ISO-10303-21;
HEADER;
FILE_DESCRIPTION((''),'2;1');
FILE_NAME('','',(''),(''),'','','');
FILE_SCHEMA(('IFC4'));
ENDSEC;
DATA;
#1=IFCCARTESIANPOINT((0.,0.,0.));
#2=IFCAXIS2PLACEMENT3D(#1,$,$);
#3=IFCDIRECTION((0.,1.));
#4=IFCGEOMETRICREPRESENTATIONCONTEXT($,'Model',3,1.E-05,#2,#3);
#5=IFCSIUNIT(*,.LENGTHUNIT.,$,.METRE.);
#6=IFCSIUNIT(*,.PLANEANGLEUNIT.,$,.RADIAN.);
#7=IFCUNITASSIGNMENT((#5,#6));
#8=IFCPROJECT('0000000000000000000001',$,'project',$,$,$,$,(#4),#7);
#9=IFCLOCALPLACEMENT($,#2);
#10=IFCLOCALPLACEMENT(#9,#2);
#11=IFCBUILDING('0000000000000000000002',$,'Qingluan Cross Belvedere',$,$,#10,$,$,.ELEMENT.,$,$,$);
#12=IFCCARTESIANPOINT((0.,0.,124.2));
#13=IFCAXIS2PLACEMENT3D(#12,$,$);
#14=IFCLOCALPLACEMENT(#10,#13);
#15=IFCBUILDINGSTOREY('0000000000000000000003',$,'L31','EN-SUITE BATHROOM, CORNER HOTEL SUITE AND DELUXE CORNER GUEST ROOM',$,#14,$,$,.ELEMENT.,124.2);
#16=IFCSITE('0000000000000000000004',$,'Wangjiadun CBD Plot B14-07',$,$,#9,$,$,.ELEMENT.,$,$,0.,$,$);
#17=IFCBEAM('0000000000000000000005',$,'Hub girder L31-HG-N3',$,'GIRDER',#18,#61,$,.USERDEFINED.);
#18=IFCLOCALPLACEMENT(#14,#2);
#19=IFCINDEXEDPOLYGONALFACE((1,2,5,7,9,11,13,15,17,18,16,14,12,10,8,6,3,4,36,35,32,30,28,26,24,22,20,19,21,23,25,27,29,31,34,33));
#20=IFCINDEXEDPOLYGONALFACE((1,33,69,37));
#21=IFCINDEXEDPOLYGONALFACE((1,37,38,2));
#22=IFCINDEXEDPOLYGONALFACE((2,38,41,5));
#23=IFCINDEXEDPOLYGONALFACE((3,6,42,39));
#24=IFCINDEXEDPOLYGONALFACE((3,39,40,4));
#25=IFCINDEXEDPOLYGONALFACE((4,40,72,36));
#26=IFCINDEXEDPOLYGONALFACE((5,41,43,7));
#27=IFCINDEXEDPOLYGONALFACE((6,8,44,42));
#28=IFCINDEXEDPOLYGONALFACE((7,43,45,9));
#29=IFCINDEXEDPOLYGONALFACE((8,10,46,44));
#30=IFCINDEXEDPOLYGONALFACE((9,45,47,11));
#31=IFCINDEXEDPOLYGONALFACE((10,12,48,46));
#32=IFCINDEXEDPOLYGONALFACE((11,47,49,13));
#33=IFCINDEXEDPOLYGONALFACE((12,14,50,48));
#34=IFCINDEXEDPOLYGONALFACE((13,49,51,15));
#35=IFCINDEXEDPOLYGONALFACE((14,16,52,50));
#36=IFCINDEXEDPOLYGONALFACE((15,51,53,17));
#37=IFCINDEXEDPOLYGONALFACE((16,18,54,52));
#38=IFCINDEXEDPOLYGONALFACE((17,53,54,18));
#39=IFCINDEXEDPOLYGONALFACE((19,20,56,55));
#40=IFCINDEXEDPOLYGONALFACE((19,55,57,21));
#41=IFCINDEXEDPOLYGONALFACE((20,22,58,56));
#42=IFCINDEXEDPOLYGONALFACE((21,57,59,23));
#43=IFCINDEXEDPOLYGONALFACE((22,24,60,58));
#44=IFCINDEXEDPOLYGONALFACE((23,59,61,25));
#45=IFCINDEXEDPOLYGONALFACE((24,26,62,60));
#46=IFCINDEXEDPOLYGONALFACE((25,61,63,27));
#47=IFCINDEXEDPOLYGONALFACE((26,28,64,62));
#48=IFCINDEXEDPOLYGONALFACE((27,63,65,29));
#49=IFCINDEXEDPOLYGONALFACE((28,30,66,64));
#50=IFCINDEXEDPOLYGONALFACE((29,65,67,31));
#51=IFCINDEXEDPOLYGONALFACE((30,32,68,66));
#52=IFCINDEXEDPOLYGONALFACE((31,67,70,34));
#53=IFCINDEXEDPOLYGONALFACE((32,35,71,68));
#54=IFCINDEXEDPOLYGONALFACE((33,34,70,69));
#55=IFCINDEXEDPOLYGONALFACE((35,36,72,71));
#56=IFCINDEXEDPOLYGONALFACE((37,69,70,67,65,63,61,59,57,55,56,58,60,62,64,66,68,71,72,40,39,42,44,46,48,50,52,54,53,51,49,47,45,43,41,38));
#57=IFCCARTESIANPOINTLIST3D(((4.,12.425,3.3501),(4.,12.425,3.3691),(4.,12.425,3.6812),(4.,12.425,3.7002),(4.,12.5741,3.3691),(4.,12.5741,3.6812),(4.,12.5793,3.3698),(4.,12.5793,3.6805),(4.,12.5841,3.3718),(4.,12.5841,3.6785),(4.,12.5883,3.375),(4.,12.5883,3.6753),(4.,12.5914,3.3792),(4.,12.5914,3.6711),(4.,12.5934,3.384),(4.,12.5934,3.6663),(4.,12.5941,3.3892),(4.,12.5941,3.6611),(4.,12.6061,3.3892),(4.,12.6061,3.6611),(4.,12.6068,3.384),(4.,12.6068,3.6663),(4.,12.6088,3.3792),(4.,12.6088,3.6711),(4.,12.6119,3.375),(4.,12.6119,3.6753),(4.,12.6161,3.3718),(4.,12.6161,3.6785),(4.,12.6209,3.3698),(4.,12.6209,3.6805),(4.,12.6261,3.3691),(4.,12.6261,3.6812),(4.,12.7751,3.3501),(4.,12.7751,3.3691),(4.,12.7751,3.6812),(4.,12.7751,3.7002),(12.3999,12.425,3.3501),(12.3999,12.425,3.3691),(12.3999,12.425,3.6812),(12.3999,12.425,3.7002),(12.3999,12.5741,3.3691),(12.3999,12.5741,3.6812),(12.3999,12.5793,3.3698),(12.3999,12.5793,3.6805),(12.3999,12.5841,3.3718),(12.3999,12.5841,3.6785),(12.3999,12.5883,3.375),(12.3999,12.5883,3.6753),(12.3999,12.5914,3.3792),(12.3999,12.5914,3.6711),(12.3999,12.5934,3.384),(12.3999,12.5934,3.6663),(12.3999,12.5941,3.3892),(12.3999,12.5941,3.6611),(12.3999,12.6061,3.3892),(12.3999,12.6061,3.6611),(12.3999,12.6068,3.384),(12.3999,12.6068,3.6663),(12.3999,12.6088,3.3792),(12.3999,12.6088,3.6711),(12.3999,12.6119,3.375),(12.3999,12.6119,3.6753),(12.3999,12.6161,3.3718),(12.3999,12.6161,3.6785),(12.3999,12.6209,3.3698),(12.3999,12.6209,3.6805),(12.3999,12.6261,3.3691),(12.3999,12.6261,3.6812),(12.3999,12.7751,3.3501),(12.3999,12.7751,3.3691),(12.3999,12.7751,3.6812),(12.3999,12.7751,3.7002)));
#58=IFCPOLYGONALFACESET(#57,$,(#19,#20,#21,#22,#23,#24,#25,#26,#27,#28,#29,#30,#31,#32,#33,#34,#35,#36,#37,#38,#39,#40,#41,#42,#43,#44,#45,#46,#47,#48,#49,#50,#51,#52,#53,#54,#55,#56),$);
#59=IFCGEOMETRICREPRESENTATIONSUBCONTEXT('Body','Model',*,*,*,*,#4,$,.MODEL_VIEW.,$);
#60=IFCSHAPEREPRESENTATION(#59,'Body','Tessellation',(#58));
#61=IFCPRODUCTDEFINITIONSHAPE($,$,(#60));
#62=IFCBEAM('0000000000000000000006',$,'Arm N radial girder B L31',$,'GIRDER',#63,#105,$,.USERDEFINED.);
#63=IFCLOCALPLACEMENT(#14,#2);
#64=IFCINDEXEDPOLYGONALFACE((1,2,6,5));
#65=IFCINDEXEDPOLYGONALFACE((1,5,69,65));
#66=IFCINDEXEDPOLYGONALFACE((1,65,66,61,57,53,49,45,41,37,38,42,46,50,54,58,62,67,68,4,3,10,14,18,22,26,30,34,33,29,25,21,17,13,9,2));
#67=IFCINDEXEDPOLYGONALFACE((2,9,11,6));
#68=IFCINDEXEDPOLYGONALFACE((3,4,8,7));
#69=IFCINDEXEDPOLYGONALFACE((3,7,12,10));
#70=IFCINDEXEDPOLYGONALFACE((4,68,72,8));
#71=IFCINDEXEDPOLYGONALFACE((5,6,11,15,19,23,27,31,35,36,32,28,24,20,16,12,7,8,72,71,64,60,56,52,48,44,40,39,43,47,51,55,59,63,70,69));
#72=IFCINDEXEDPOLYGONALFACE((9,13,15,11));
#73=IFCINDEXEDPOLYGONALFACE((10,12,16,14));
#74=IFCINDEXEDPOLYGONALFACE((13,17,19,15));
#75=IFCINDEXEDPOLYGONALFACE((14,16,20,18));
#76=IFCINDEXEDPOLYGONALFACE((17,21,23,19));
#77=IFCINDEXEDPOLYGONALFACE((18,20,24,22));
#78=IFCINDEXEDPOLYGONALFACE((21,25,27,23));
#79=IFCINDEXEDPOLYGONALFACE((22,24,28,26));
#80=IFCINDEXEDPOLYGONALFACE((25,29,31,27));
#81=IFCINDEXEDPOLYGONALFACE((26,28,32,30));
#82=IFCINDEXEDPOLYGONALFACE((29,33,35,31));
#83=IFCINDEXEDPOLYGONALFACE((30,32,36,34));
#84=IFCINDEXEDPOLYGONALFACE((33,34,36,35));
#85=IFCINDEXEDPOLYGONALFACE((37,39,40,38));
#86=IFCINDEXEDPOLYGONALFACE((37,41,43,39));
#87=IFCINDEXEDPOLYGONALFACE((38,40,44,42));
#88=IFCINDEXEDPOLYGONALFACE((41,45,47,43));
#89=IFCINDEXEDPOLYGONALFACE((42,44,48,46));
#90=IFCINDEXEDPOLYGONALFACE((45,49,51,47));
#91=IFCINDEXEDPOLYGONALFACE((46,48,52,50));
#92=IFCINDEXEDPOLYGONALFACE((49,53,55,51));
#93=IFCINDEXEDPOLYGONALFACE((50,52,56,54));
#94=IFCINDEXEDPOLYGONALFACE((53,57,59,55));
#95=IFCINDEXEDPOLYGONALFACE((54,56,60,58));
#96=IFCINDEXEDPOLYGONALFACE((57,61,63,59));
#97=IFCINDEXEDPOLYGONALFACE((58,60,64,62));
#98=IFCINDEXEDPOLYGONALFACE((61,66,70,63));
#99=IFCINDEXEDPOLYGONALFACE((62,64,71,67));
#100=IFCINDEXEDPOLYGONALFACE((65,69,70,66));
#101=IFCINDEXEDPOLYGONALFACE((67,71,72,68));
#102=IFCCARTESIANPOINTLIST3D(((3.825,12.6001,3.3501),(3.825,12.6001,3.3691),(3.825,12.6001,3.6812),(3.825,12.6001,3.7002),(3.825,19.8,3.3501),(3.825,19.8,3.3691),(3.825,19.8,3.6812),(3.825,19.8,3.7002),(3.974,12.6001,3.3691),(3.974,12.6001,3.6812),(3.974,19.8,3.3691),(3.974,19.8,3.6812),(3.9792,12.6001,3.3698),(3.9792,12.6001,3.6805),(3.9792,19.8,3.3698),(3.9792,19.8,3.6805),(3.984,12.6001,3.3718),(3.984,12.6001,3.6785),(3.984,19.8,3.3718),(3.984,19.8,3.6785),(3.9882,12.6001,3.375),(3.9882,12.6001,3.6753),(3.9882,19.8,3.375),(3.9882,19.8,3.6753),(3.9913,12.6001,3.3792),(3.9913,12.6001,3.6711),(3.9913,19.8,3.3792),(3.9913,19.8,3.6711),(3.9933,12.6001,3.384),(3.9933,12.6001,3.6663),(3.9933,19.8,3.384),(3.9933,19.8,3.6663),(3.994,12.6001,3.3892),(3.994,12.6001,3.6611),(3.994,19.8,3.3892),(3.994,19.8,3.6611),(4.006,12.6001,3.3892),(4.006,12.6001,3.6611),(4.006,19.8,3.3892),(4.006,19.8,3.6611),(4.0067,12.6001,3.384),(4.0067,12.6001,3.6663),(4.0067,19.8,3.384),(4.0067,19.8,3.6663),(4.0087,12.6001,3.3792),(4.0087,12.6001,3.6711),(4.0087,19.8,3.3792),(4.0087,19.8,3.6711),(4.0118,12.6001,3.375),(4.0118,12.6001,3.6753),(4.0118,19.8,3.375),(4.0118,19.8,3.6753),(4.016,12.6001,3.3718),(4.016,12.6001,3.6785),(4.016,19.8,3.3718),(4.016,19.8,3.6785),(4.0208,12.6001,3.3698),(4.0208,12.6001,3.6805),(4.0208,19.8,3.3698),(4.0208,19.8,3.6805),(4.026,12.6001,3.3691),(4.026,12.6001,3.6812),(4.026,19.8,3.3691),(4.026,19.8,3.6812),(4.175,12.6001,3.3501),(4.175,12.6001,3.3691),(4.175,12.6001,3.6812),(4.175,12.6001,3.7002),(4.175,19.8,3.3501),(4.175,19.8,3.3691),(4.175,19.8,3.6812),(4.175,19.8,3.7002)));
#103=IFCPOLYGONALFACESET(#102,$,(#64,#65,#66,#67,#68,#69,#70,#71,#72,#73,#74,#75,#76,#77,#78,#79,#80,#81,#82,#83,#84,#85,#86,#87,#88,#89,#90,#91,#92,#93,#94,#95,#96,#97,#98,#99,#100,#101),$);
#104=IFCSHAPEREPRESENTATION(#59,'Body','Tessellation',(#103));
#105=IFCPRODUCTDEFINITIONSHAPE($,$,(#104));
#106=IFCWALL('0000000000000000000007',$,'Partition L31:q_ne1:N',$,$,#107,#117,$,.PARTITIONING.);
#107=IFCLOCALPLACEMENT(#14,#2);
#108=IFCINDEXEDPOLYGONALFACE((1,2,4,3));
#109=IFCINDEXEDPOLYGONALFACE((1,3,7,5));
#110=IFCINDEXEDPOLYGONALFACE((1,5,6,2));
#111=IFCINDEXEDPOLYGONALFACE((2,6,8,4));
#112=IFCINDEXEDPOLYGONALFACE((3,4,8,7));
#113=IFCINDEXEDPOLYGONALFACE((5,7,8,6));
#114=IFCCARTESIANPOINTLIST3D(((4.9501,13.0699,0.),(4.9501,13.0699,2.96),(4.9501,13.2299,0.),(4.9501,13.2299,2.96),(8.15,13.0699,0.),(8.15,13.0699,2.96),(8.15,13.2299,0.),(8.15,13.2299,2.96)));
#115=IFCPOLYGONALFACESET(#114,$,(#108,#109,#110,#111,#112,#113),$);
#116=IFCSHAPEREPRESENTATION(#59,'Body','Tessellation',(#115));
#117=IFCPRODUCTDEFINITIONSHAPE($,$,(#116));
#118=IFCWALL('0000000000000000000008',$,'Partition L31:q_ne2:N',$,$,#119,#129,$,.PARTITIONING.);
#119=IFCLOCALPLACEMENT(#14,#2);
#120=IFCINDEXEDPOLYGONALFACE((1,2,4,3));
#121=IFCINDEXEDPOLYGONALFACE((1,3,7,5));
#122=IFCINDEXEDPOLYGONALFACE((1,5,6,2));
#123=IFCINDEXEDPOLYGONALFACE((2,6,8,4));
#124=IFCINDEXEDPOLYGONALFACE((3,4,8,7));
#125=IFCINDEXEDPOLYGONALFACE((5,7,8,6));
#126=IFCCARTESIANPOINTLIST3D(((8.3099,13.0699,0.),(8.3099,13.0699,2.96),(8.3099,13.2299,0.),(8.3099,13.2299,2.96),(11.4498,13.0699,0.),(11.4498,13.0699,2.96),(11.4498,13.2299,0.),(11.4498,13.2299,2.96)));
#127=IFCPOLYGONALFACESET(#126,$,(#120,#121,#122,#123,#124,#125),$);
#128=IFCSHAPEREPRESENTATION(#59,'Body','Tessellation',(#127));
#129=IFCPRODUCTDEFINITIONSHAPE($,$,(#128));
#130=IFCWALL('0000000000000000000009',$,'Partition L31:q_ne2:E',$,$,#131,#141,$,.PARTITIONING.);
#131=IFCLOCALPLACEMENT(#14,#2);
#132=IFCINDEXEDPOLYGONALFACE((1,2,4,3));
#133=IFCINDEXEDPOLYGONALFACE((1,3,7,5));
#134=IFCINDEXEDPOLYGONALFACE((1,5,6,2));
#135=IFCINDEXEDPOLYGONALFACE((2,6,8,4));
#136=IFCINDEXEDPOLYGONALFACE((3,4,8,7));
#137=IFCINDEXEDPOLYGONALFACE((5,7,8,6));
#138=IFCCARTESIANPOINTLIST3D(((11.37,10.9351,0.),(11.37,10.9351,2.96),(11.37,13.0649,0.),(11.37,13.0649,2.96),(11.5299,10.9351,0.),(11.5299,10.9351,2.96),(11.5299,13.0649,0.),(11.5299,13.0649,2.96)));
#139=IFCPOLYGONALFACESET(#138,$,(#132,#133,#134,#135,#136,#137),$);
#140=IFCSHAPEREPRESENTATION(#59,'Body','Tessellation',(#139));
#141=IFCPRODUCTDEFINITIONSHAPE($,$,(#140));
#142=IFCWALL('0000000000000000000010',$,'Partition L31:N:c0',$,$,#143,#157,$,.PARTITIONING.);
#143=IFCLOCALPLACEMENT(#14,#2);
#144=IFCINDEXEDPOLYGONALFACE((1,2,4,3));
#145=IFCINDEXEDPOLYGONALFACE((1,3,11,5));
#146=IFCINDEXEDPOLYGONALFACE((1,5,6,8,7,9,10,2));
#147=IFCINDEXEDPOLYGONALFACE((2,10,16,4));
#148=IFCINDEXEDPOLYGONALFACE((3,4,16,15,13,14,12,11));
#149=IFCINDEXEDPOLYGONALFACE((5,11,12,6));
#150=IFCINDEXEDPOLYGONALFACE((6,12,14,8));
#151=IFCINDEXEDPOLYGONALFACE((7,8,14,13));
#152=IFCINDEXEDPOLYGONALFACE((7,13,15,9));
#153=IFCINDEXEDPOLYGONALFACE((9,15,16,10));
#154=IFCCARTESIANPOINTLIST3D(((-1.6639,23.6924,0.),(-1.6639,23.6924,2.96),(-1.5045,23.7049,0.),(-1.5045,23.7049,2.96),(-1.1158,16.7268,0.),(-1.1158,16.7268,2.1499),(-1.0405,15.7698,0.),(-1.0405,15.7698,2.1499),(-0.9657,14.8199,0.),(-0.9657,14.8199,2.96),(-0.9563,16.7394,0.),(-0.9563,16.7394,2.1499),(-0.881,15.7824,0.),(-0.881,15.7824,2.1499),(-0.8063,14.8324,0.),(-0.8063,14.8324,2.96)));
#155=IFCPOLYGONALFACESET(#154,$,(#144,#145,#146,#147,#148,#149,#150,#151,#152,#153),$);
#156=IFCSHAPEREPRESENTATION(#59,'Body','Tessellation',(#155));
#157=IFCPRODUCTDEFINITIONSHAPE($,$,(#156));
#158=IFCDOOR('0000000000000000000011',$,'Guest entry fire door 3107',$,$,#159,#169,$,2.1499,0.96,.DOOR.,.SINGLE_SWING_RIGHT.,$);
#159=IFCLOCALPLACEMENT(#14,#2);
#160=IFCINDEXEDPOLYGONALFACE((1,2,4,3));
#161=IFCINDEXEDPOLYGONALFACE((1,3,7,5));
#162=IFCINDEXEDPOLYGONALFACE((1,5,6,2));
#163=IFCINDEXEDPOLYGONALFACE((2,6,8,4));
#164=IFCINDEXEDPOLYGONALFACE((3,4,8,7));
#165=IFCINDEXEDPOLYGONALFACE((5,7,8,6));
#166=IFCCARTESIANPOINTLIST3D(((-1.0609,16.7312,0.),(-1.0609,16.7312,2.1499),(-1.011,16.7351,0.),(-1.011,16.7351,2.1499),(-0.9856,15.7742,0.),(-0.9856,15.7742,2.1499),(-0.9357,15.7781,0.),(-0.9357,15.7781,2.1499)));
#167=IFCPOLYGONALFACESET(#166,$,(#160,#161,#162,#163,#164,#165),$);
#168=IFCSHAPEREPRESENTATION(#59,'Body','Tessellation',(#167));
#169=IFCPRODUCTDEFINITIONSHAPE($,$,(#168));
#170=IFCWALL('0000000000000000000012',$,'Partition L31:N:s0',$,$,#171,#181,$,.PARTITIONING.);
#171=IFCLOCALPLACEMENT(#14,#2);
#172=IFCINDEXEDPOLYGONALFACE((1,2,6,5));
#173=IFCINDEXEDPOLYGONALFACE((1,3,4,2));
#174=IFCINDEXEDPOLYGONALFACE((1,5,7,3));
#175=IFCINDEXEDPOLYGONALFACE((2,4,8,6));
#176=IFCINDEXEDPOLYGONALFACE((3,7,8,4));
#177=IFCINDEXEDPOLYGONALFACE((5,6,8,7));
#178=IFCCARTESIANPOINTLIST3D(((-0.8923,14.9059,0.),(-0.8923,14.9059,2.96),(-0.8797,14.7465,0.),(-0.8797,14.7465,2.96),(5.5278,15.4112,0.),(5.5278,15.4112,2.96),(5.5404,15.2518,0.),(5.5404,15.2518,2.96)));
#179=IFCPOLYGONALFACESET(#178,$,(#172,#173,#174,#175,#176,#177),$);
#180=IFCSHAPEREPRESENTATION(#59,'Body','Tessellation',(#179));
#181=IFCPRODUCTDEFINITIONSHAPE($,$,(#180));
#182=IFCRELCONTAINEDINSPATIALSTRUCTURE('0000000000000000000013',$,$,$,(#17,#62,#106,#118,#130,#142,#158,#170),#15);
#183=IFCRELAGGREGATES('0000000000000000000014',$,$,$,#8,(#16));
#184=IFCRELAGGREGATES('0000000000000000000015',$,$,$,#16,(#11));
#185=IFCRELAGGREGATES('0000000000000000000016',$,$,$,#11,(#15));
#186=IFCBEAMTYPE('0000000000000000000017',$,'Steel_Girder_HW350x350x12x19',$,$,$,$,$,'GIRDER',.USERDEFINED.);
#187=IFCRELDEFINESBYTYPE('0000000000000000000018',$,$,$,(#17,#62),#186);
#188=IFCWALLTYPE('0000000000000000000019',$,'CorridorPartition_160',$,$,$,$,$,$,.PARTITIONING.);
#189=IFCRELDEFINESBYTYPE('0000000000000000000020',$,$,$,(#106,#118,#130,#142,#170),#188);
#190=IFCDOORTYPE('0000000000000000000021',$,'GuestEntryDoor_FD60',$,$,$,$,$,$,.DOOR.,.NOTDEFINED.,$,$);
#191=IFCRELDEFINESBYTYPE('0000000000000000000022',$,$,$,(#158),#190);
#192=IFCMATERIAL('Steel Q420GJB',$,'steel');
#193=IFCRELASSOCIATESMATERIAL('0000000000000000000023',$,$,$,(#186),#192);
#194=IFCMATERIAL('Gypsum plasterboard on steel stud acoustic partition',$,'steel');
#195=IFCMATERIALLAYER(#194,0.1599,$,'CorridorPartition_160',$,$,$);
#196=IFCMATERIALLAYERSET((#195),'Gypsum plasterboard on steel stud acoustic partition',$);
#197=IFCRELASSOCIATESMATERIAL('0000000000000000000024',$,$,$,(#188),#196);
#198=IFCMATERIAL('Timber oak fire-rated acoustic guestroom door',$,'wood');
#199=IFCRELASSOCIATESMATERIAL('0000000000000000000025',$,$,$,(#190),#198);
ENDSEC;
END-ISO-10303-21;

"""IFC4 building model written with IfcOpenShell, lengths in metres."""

from ifc_helpers import new_model, si_unit, direction, frame, frame_2d, origin, origin_2d, place, context, subcontext, project, spatial, rectangle, i_section, extrude, material, layer, layer_set, material_profile, profile_set, type_object, element, fill, save


model = new_model("IFC4")

# Units and contexts
model_context = context("Model", 3, precision=1e-05, world=origin(), true_north=direction((0.0, 1.0)))
body_context = subcontext(model_context, "Body", "Model", "MODEL_VIEW")
ifc_project = project(units=[si_unit("LENGTHUNIT", "METRE"), si_unit("PLANEANGLEUNIT", "RADIAN")], contexts=[model_context])

# Site, building, storey
site_placement = place(None, origin())
site = spatial("IfcSite", under=ifc_project, at=site_placement, Name="Wangjiadun CBD Plot B14-07", CompositionType="ELEMENT", RefElevation=0.0)
building_placement = place(site_placement, origin())
building = spatial("IfcBuilding", under=site, at=building_placement, Name="Qingluan Cross Belvedere", CompositionType="ELEMENT")
storey_placement = place(building_placement, frame((0.0, 0.0, 124.2)))
storey = spatial("IfcBuildingStorey", under=building, at=storey_placement, Name="L31", Description="EN-SUITE BATHROOM, CORNER HOTEL SUITE AND DELUXE CORNER GUEST ROOM", CompositionType="ELEMENT", Elevation=124.2)

# Beams
ifc_material_1 = material(Name="Steel Q420GJB", Category="steel")
ifc_material_profile_1 = material_profile(ifc_material_1, i_section(OverallWidth=0.3501, OverallDepth=0.3501, WebThickness=0.012, FlangeThickness=0.019, FilletRadius=0.02, at=origin_2d()), Name="HW350x350x12x19")
ifc_profile_set_1 = profile_set([ifc_material_profile_1], Name="Steel Q420GJB")
beam_type_1 = type_object("IfcBeamType", Name="Steel_Girder_HW350x350x12x19", ElementType="GIRDER", PredefinedType="USERDEFINED", material=ifc_profile_set_1)
beam_1_placement = place(storey_placement, frame((4.0, 12.6001, 3.5251), z_axis=(1.0, 0.0, 0.0), x_axis=(0.0, 1.0, 0.0)))
element("IfcBeam", 1, at=beam_1_placement, inside=storey, type_object=beam_type_1, Name="Hub girder L31-HG-N3", ObjectType="GIRDER", PredefinedType="USERDEFINED", context=body_context, shape_type="SweptSolid", body=[
    extrude(i_section(OverallWidth=0.3501, OverallDepth=0.3501, WebThickness=0.012, FlangeThickness=0.019, FilletRadius=0.02, at=origin_2d()), origin(), (0.0, 0.0, 1.0), 8.3999),
])
beam_2_placement = place(storey_placement, frame((4.0, 12.6001, 3.5251), z_axis=(0.0, 1.0, 0.0), x_axis=(-1.0, 0.0, 0.0)))
element("IfcBeam", 2, at=beam_2_placement, inside=storey, type_object=beam_type_1, Name="Arm N radial girder B L31", ObjectType="GIRDER", PredefinedType="USERDEFINED", context=body_context, shape_type="SweptSolid", body=[
    extrude(i_section(OverallWidth=0.3501, OverallDepth=0.3501, WebThickness=0.012, FlangeThickness=0.019, FilletRadius=0.02, at=origin_2d()), origin(), (0.0, 0.0, 1.0), 7.2),
])

# Walls
ifc_material_2 = material(Name="Gypsum plasterboard on steel stud acoustic partition", Category="steel")
ifc_layer_1 = layer(ifc_material_2, 0.1599, Name="CorridorPartition_160")
ifc_layer_set_1 = layer_set([ifc_layer_1], Name="Gypsum plasterboard on steel stud acoustic partition")
wall_type_1 = type_object("IfcWallType", Name="CorridorPartition_160", PredefinedType="PARTITIONING", material=ifc_layer_set_1)
wall_1_placement = place(storey_placement, frame((4.95, 13.1499, 0.0), z_axis=(0.0, 0.0, 1.0), x_axis=(1.0, 0.0, 0.0)))
element("IfcWall", 3, at=wall_1_placement, inside=storey, type_object=wall_type_1, Name="Partition L31:q_ne1:N", PredefinedType="PARTITIONING", context=body_context, shape_type="SweptSolid", body=[
    extrude(rectangle(XDim=3.2, YDim=0.1599, at=frame_2d((1.6001, 0.0))), origin(), (0.0, 0.0, 1.0), 2.96),
])
wall_2_placement = place(storey_placement, frame((8.3101, 13.1499, 0.0), z_axis=(0.0, 0.0, 1.0), x_axis=(1.0, 0.0, 0.0)))
element("IfcWall", 4, at=wall_2_placement, inside=storey, type_object=wall_type_1, Name="Partition L31:q_ne2:N", PredefinedType="PARTITIONING", context=body_context, shape_type="SweptSolid", body=[
    extrude(rectangle(XDim=3.1399, YDim=0.1599, at=frame_2d((1.5698, 0.0))), origin(), (0.0, 0.0, 1.0), 2.96),
])
wall_3_placement = place(storey_placement, frame((11.45, 10.9351, 0.0), z_axis=(0.0, 0.0, 1.0), x_axis=(0.0, 1.0, 0.0)))
element("IfcWall", 5, at=wall_3_placement, inside=storey, type_object=wall_type_1, Name="Partition L31:q_ne2:E", PredefinedType="PARTITIONING", context=body_context, shape_type="SweptSolid", body=[
    extrude(rectangle(XDim=2.1299, YDim=0.1599, at=frame_2d((1.0649, 0.0))), origin(), (0.0, 0.0, 1.0), 2.96),
])

# Wall, opening, door
wall_4_placement = place(storey_placement, frame((-0.886, 14.8262, 0.0), z_axis=(0.0, 0.0, 1.0), x_axis=(-0.078454, 0.996918, 0.0)))
wall_4 = element("IfcWall", 6, at=wall_4_placement, inside=storey, type_object=wall_type_1, Name="Partition L31:N:c0", PredefinedType="PARTITIONING", context=body_context, shape_type="SweptSolid", body=[
    extrude(rectangle(XDim=8.8999, YDim=0.1599, at=frame_2d((4.45, 0.0))), origin(), (0.0, 0.0, 1.0), 2.96),
])
opening_1_placement = place(wall_4_placement, frame((0.9529, 0.0, 0.0)))
opening_1 = element("IfcOpeningElement", 7, at=opening_1_placement, cuts=wall_4, PredefinedType="OPENING", context=body_context, shape_type="SweptSolid", body=[
    extrude(rectangle(XDim=0.96, YDim=2.1499, at=frame_2d((0.48, 1.075))), frame((0.0, 0.0898, 0.0), z_axis=(0.0, -1.0, 0.0), x_axis=(1.0, 0.0, 0.0)), (0.0, 0.0, 1.0), 0.1799),
])
ifc_material_3 = material(Name="Timber oak fire-rated acoustic guestroom door", Category="wood")
door_type = type_object("IfcDoorType", Name="GuestEntryDoor_FD60", OperationType="NOTDEFINED", PredefinedType="DOOR", material=ifc_material_3)
door_1_placement = place(opening_1_placement, origin())
door_1 = element("IfcDoor", 8, at=door_1_placement, inside=storey, type_object=door_type, Name="Guest entry fire door 3107", OperationType="SINGLE_SWING_RIGHT", OverallHeight=2.1499, OverallWidth=0.96, PredefinedType="DOOR", context=body_context, shape_type="SweptSolid", body=[
    extrude(rectangle(XDim=0.96, YDim=2.1499, at=frame_2d((0.48, 1.075))), frame((0.0, 0.0249, 0.0), z_axis=(0.0, -1.0, 0.0), x_axis=(1.0, 0.0, 0.0)), (0.0, 0.0, 1.0), 0.05),
])
fill(opening_1, door_1)

# Wall
wall_5_placement = place(storey_placement, frame((-0.886, 14.8262, 0.0), z_axis=(0.0, 0.0, 1.0), x_axis=(0.996916, 0.078473, 0.0)))
element("IfcWall", 9, at=wall_5_placement, inside=storey, type_object=wall_type_1, Name="Partition L31:N:s0", PredefinedType="PARTITIONING", context=body_context, shape_type="SweptSolid", body=[
    extrude(rectangle(XDim=6.4399, YDim=0.1599, at=frame_2d((3.22, 0.0))), origin(), (0.0, 0.0, 1.0), 2.96),
])

save(model, "model.ifc")
